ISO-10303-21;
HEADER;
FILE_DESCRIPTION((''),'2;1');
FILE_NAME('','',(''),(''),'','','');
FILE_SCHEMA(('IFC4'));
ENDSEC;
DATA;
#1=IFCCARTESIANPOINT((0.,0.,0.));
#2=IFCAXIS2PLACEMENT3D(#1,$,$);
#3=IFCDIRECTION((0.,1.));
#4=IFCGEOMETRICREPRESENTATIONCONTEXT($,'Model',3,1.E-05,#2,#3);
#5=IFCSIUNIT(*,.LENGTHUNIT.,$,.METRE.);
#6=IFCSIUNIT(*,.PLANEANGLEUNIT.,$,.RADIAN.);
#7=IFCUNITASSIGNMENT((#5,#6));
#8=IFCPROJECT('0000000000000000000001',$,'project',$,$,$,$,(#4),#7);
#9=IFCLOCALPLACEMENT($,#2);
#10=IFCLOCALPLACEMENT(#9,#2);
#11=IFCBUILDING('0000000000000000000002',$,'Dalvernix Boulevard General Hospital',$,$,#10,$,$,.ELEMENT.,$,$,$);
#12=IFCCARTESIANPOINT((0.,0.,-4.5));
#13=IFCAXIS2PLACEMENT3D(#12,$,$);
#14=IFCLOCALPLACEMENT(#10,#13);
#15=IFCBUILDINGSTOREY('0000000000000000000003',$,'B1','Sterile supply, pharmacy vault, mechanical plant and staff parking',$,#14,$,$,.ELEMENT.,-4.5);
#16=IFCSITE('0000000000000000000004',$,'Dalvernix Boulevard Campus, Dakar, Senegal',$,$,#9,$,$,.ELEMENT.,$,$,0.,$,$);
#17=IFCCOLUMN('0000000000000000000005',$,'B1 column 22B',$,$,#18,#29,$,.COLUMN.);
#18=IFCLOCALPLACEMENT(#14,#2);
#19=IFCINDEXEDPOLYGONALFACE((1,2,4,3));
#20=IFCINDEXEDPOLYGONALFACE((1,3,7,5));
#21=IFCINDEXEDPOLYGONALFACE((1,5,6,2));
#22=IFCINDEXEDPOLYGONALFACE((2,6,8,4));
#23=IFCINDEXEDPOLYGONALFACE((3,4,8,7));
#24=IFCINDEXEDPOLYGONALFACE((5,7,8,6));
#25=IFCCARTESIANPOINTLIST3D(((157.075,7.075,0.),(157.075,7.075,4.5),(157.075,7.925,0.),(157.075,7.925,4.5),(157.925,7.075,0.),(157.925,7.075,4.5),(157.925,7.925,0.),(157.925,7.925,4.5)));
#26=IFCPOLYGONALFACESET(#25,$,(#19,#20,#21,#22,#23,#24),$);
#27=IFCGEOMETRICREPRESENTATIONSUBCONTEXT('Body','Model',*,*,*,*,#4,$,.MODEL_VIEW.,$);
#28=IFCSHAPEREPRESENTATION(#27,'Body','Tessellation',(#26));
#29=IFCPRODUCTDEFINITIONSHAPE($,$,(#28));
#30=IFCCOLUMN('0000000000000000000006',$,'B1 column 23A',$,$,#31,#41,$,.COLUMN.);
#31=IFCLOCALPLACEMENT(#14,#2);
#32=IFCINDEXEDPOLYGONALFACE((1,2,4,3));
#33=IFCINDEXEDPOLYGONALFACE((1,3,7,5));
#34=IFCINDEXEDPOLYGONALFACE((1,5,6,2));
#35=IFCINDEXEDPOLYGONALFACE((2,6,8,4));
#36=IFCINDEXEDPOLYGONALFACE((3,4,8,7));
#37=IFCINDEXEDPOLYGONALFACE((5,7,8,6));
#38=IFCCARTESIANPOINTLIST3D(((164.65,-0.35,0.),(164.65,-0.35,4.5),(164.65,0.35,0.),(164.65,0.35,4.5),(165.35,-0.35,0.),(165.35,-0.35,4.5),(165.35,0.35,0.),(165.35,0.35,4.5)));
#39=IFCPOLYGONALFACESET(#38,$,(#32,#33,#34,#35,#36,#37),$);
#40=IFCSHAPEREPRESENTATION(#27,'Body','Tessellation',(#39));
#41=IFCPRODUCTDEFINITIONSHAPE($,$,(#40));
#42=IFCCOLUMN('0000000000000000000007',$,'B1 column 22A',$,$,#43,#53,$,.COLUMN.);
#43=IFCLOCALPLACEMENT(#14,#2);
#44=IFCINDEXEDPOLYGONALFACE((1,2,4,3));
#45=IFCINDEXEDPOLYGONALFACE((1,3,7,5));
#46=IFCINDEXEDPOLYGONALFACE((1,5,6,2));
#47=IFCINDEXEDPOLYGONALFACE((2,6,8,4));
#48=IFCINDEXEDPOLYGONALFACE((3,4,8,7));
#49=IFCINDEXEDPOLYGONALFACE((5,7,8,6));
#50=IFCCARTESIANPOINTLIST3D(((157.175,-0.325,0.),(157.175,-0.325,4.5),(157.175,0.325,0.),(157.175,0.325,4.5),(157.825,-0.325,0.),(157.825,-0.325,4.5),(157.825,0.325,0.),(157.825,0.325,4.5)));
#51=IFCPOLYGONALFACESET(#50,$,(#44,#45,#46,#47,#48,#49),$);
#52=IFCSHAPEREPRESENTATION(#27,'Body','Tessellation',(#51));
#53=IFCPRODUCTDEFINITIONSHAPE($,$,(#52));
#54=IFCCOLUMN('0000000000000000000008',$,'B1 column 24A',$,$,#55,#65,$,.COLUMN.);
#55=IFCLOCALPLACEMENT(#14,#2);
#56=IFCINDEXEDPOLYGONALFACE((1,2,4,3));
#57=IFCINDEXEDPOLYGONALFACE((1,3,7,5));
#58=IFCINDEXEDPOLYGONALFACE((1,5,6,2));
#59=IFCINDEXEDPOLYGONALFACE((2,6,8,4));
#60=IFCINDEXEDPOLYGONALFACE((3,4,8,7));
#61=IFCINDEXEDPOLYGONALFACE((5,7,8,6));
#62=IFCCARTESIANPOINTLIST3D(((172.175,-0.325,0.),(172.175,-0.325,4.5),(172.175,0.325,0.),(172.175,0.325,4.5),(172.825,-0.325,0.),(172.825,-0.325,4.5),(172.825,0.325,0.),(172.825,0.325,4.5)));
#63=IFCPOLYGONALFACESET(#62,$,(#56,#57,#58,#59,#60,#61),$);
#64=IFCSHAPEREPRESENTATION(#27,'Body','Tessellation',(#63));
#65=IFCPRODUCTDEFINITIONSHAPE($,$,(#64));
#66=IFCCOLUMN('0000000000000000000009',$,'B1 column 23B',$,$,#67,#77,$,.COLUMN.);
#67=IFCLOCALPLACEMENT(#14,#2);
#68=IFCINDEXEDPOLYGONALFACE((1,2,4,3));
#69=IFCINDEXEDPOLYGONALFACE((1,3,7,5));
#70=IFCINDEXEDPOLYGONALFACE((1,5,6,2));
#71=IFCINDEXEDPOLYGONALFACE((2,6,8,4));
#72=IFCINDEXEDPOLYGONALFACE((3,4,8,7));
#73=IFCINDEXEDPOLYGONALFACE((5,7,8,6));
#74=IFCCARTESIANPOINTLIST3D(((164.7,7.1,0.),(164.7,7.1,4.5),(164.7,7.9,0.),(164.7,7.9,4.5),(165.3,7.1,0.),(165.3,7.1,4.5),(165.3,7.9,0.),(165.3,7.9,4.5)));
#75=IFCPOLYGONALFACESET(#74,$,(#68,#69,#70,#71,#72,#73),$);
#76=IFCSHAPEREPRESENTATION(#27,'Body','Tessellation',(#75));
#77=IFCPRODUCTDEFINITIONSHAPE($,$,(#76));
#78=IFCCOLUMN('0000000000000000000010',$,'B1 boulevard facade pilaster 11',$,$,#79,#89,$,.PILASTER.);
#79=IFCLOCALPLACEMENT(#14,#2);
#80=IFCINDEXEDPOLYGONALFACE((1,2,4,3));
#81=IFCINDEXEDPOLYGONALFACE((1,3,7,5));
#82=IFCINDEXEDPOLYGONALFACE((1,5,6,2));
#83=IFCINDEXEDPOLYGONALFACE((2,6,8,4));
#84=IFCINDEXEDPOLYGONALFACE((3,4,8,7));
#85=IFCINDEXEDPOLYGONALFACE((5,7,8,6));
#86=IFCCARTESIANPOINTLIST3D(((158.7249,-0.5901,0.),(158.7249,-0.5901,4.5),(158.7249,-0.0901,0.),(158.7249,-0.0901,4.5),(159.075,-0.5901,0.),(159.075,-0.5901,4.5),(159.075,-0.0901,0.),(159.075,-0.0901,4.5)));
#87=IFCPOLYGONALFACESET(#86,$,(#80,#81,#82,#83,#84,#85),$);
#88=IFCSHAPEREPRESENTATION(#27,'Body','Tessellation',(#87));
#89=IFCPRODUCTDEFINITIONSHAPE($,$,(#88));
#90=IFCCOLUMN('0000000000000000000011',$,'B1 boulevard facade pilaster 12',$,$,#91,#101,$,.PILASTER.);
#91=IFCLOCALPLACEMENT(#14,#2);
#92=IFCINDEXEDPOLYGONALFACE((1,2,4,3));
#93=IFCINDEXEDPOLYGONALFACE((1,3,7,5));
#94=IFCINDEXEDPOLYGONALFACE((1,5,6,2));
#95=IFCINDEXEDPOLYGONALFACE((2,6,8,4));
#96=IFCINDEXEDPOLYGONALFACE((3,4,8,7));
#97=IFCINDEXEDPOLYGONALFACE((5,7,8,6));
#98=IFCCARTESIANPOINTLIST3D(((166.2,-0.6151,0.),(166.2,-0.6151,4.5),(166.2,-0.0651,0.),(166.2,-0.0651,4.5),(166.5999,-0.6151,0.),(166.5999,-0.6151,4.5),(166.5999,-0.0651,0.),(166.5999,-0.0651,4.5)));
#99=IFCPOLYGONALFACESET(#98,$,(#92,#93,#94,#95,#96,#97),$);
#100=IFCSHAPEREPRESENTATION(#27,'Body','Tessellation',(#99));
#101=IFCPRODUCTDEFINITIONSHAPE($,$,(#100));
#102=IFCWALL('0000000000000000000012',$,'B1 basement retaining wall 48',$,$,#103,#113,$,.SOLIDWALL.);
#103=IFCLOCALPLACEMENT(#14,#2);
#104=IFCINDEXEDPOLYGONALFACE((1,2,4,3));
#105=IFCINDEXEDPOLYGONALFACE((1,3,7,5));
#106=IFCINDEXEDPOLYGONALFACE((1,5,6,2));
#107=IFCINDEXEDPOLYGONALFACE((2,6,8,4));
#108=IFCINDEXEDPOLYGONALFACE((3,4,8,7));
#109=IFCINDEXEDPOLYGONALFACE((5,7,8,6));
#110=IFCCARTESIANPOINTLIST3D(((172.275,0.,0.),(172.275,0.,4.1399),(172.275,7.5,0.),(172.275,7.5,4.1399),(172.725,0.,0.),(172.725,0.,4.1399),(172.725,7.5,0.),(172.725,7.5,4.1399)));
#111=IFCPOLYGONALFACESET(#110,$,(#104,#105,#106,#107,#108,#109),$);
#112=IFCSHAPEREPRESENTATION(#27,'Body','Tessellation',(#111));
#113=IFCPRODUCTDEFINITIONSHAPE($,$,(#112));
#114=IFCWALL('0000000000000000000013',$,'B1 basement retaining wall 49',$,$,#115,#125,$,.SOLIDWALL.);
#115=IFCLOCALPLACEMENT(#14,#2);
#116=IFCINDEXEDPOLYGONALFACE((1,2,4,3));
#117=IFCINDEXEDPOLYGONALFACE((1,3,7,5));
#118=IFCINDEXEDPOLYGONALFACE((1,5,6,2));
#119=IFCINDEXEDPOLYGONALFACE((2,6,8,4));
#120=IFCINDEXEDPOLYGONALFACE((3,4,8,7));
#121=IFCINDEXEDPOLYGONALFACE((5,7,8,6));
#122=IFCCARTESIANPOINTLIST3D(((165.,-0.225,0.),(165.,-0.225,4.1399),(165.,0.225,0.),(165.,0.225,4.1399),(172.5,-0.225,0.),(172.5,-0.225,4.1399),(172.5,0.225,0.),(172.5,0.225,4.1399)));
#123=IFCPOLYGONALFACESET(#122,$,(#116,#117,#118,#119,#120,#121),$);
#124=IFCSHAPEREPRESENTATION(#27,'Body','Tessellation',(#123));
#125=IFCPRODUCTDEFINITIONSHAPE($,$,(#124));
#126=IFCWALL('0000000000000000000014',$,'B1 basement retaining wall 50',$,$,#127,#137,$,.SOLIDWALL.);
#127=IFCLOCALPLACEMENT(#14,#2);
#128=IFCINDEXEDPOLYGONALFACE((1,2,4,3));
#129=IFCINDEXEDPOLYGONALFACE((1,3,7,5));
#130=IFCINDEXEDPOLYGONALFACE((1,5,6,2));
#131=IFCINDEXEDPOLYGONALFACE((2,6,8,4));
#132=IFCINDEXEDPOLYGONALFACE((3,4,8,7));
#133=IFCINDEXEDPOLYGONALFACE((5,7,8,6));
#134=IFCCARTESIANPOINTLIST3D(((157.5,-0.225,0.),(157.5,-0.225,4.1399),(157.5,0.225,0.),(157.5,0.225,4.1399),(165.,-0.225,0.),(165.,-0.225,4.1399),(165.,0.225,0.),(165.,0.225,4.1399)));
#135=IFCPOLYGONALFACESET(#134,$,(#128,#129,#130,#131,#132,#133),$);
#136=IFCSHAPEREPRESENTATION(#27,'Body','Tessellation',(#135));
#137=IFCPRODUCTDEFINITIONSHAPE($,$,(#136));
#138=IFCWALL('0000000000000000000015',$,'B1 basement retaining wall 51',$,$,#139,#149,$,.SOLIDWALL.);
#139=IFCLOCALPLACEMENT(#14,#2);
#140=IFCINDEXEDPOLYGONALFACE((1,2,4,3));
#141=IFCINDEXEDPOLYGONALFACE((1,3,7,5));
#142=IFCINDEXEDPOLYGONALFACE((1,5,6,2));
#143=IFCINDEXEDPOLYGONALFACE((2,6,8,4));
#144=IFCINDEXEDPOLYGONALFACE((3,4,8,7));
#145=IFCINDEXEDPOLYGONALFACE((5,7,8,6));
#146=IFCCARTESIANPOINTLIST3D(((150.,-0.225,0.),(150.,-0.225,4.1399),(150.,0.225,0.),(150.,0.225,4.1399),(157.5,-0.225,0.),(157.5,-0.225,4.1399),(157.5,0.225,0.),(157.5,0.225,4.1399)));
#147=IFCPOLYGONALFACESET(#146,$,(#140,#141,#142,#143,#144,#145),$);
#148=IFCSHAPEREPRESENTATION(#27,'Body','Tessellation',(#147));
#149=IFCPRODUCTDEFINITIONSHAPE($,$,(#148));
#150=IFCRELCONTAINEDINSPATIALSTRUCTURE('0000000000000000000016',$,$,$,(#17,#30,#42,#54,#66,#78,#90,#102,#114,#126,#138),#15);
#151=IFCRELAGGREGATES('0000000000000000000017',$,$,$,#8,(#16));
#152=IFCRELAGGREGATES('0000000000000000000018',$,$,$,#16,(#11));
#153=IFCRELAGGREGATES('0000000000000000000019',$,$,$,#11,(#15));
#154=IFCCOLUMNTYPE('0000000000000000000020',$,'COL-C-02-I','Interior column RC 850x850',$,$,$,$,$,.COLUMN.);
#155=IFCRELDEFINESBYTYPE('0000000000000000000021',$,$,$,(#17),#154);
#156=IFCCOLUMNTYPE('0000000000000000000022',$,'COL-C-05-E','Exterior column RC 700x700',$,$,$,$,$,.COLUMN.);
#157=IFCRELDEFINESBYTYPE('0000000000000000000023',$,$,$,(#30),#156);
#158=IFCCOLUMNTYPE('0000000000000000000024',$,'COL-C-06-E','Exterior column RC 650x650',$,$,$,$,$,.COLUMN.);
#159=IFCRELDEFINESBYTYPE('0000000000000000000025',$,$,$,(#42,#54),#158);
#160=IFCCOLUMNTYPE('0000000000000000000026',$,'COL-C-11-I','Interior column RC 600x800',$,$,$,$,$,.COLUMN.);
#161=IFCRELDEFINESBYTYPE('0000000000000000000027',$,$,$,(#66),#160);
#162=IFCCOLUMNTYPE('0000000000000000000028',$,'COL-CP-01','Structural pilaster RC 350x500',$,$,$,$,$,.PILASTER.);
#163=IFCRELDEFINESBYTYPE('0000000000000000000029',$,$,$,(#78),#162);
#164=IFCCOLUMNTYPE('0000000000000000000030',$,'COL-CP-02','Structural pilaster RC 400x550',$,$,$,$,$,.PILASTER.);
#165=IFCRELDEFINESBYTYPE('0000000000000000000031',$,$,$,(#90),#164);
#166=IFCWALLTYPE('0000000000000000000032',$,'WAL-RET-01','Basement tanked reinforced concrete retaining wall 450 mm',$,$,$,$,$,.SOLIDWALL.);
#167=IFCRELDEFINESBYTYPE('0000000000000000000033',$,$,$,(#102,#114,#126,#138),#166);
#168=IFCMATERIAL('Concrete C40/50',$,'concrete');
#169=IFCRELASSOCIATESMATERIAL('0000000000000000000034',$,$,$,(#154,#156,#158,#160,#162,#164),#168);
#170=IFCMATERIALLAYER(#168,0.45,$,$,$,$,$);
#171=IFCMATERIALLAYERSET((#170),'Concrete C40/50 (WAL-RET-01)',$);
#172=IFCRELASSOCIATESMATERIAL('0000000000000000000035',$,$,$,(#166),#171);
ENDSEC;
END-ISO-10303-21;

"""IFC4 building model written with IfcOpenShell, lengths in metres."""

from ifc_helpers import new_model, si_unit, direction, frame, frame_2d, origin, origin_2d, place, context, subcontext, project, spatial, rectangle, extrude, material, layer, layer_set, material_profile, profile_set, type_object, element, save


model = new_model("IFC4")

# Units and contexts
model_context = context("Model", 3, precision=1e-05, world=origin(), true_north=direction((0.0, 1.0)))
body_context = subcontext(model_context, "Body", "Model", "MODEL_VIEW")
ifc_project = project(units=[si_unit("LENGTHUNIT", "METRE"), si_unit("PLANEANGLEUNIT", "RADIAN")], contexts=[model_context])

# Site, building, storey
site_placement = place(None, origin())
site = spatial("IfcSite", under=ifc_project, at=site_placement, Name="Dalvernix Boulevard Campus, Dakar, Senegal", CompositionType="ELEMENT", RefElevation=0.0)
building_placement = place(site_placement, origin())
building = spatial("IfcBuilding", under=site, at=building_placement, Name="Dalvernix Boulevard General Hospital", CompositionType="ELEMENT")
storey_placement = place(building_placement, frame((0.0, 0.0, -4.5)))
storey = spatial("IfcBuildingStorey", under=building, at=storey_placement, Name="B1", Description="Sterile supply, pharmacy vault, mechanical plant and staff parking", CompositionType="ELEMENT", Elevation=-4.5)

# Shared definitions
ifc_material_1 = material(Name="Concrete C40/50", Category="concrete")

# Columns
ifc_material_profile_1 = material_profile(ifc_material_1, rectangle(XDim=0.8501, YDim=0.8501, at=origin_2d()), Name="RC 850x850")
ifc_profile_set_1 = profile_set([ifc_material_profile_1], Name="Concrete C40/50")
column_type_1 = type_object("IfcColumnType", Name="COL-C-02-I", Description="Interior column RC 850x850", PredefinedType="COLUMN", material=ifc_profile_set_1)
column_1_placement = place(storey_placement, frame((157.5, 7.5, 0.0), z_axis=(0.0, 0.0, 1.0), x_axis=(1.0, 0.0, 0.0)))
element("IfcColumn", 1, at=column_1_placement, inside=storey, type_object=column_type_1, Name="B1 column 22B", PredefinedType="COLUMN", context=body_context, shape_type="SweptSolid", body=[
    extrude(rectangle(XDim=0.8501, YDim=0.8501, at=origin_2d()), origin(), (0.0, 0.0, 1.0), 4.5),
])
ifc_material_profile_2 = material_profile(ifc_material_1, rectangle(XDim=0.7, YDim=0.7, at=origin_2d()), Name="RC 700x700")
ifc_profile_set_2 = profile_set([ifc_material_profile_2], Name="Concrete C40/50")
column_type_2 = type_object("IfcColumnType", Name="COL-C-05-E", Description="Exterior column RC 700x700", PredefinedType="COLUMN", material=ifc_profile_set_2)
column_2_placement = place(storey_placement, frame((165.0, 0.0, 0.0), z_axis=(0.0, 0.0, 1.0), x_axis=(1.0, 0.0, 0.0)))
element("IfcColumn", 2, at=column_2_placement, inside=storey, type_object=column_type_2, Name="B1 column 23A", PredefinedType="COLUMN", context=body_context, shape_type="SweptSolid", body=[
    extrude(rectangle(XDim=0.7, YDim=0.7, at=origin_2d()), origin(), (0.0, 0.0, 1.0), 4.5),
])
ifc_material_profile_3 = material_profile(ifc_material_1, rectangle(XDim=0.6499, YDim=0.6499, at=origin_2d()), Name="RC 650x650")
ifc_profile_set_3 = profile_set([ifc_material_profile_3], Name="Concrete C40/50")
column_type_3 = type_object("IfcColumnType", Name="COL-C-06-E", Description="Exterior column RC 650x650", PredefinedType="COLUMN", material=ifc_profile_set_3)
for number, where, z_axis, x_axis, name in (
    (3, (157.5, 0.0, 0.0), (0.0, 0.0, 1.0), (1.0, 0.0, 0.0), "B1 column 22A"),
    (4, (172.5, 0.0, 0.0), (0.0, 0.0, 1.0), (1.0, 0.0, 0.0), "B1 column 24A"),
):
    element("IfcColumn", number, at=place(storey_placement, frame(where, z_axis=z_axis, x_axis=x_axis)), inside=storey, type_object=column_type_3, Name=name, PredefinedType="COLUMN", context=body_context, shape_type="SweptSolid", body=[
        extrude(rectangle(XDim=0.6499, YDim=0.6499, at=origin_2d()), origin(), (0.0, 0.0, 1.0), 4.5),
    ])
ifc_material_profile_4 = material_profile(ifc_material_1, rectangle(XDim=0.6001, YDim=0.8, at=origin_2d()), Name="RC 600x800")
ifc_profile_set_4 = profile_set([ifc_material_profile_4], Name="Concrete C40/50")
column_type_4 = type_object("IfcColumnType", Name="COL-C-11-I", Description="Interior column RC 600x800", PredefinedType="COLUMN", material=ifc_profile_set_4)
column_3_placement = place(storey_placement, frame((165.0, 7.5, 0.0), z_axis=(0.0, 0.0, 1.0), x_axis=(1.0, 0.0, 0.0)))
element("IfcColumn", 5, at=column_3_placement, inside=storey, type_object=column_type_4, Name="B1 column 23B", PredefinedType="COLUMN", context=body_context, shape_type="SweptSolid", body=[
    extrude(rectangle(XDim=0.6001, YDim=0.8, at=origin_2d()), origin(), (0.0, 0.0, 1.0), 4.5),
])
ifc_material_profile_5 = material_profile(ifc_material_1, rectangle(XDim=0.3501, YDim=0.5, at=origin_2d()), Name="RC 350x500")
ifc_profile_set_5 = profile_set([ifc_material_profile_5], Name="Concrete C40/50")
column_type_5 = type_object("IfcColumnType", Name="COL-CP-01", Description="Structural pilaster RC 350x500", PredefinedType="PILASTER", material=ifc_profile_set_5)
column_4_placement = place(storey_placement, frame((158.8999, -0.3401, 0.0), z_axis=(0.0, 0.0, 1.0), x_axis=(1.0, 0.0, 0.0)))
element("IfcColumn", 6, at=column_4_placement, inside=storey, type_object=column_type_5, Name="B1 boulevard facade pilaster 11", PredefinedType="PILASTER", context=body_context, shape_type="SweptSolid", body=[
    extrude(rectangle(XDim=0.3501, YDim=0.5, at=origin_2d()), origin(), (0.0, 0.0, 1.0), 4.5),
])
ifc_material_profile_6 = material_profile(ifc_material_1, rectangle(XDim=0.3999, YDim=0.55, at=origin_2d()), Name="RC 400x550")
ifc_profile_set_6 = profile_set([ifc_material_profile_6], Name="Concrete C40/50")
column_type_6 = type_object("IfcColumnType", Name="COL-CP-02", Description="Structural pilaster RC 400x550", PredefinedType="PILASTER", material=ifc_profile_set_6)
column_5_placement = place(storey_placement, frame((166.3999, -0.3401, 0.0), z_axis=(0.0, 0.0, 1.0), x_axis=(1.0, 0.0, 0.0)))
element("IfcColumn", 7, at=column_5_placement, inside=storey, type_object=column_type_6, Name="B1 boulevard facade pilaster 12", PredefinedType="PILASTER", context=body_context, shape_type="SweptSolid", body=[
    extrude(rectangle(XDim=0.3999, YDim=0.55, at=origin_2d()), origin(), (0.0, 0.0, 1.0), 4.5),
])

# Walls
ifc_layer = layer(ifc_material_1, 0.45)
ifc_layer_set = layer_set([ifc_layer], Name="Concrete C40/50 (WAL-RET-01)")
wall_type = type_object("IfcWallType", Name="WAL-RET-01", Description="Basement tanked reinforced concrete retaining wall 450 mm", PredefinedType="SOLIDWALL", material=ifc_layer_set)
for number, where, z_axis, x_axis, name in (
    (8, (172.5, 7.5, 0.0), (0.0, 0.0, 1.0), (0.0, -1.0, 0.0), "B1 basement retaining wall 48"),
    (9, (172.5, 0.0, 0.0), (0.0, 0.0, 1.0), (-1.0, 0.0, 0.0), "B1 basement retaining wall 49"),
    (10, (165.0, 0.0, 0.0), (0.0, 0.0, 1.0), (-1.0, 0.0, 0.0), "B1 basement retaining wall 50"),
    (11, (157.5, 0.0, 0.0), (0.0, 0.0, 1.0), (-1.0, 0.0, 0.0), "B1 basement retaining wall 51"),
):
    element("IfcWall", number, at=place(storey_placement, frame(where, z_axis=z_axis, x_axis=x_axis)), inside=storey, type_object=wall_type, Name=name, PredefinedType="SOLIDWALL", context=body_context, shape_type="SweptSolid", body=[
        extrude(rectangle(XDim=7.5, YDim=0.45, at=frame_2d((3.75, 0.0))), origin(), (0.0, 0.0, 1.0), 4.1399),
    ])

save(model, "model.ifc")
